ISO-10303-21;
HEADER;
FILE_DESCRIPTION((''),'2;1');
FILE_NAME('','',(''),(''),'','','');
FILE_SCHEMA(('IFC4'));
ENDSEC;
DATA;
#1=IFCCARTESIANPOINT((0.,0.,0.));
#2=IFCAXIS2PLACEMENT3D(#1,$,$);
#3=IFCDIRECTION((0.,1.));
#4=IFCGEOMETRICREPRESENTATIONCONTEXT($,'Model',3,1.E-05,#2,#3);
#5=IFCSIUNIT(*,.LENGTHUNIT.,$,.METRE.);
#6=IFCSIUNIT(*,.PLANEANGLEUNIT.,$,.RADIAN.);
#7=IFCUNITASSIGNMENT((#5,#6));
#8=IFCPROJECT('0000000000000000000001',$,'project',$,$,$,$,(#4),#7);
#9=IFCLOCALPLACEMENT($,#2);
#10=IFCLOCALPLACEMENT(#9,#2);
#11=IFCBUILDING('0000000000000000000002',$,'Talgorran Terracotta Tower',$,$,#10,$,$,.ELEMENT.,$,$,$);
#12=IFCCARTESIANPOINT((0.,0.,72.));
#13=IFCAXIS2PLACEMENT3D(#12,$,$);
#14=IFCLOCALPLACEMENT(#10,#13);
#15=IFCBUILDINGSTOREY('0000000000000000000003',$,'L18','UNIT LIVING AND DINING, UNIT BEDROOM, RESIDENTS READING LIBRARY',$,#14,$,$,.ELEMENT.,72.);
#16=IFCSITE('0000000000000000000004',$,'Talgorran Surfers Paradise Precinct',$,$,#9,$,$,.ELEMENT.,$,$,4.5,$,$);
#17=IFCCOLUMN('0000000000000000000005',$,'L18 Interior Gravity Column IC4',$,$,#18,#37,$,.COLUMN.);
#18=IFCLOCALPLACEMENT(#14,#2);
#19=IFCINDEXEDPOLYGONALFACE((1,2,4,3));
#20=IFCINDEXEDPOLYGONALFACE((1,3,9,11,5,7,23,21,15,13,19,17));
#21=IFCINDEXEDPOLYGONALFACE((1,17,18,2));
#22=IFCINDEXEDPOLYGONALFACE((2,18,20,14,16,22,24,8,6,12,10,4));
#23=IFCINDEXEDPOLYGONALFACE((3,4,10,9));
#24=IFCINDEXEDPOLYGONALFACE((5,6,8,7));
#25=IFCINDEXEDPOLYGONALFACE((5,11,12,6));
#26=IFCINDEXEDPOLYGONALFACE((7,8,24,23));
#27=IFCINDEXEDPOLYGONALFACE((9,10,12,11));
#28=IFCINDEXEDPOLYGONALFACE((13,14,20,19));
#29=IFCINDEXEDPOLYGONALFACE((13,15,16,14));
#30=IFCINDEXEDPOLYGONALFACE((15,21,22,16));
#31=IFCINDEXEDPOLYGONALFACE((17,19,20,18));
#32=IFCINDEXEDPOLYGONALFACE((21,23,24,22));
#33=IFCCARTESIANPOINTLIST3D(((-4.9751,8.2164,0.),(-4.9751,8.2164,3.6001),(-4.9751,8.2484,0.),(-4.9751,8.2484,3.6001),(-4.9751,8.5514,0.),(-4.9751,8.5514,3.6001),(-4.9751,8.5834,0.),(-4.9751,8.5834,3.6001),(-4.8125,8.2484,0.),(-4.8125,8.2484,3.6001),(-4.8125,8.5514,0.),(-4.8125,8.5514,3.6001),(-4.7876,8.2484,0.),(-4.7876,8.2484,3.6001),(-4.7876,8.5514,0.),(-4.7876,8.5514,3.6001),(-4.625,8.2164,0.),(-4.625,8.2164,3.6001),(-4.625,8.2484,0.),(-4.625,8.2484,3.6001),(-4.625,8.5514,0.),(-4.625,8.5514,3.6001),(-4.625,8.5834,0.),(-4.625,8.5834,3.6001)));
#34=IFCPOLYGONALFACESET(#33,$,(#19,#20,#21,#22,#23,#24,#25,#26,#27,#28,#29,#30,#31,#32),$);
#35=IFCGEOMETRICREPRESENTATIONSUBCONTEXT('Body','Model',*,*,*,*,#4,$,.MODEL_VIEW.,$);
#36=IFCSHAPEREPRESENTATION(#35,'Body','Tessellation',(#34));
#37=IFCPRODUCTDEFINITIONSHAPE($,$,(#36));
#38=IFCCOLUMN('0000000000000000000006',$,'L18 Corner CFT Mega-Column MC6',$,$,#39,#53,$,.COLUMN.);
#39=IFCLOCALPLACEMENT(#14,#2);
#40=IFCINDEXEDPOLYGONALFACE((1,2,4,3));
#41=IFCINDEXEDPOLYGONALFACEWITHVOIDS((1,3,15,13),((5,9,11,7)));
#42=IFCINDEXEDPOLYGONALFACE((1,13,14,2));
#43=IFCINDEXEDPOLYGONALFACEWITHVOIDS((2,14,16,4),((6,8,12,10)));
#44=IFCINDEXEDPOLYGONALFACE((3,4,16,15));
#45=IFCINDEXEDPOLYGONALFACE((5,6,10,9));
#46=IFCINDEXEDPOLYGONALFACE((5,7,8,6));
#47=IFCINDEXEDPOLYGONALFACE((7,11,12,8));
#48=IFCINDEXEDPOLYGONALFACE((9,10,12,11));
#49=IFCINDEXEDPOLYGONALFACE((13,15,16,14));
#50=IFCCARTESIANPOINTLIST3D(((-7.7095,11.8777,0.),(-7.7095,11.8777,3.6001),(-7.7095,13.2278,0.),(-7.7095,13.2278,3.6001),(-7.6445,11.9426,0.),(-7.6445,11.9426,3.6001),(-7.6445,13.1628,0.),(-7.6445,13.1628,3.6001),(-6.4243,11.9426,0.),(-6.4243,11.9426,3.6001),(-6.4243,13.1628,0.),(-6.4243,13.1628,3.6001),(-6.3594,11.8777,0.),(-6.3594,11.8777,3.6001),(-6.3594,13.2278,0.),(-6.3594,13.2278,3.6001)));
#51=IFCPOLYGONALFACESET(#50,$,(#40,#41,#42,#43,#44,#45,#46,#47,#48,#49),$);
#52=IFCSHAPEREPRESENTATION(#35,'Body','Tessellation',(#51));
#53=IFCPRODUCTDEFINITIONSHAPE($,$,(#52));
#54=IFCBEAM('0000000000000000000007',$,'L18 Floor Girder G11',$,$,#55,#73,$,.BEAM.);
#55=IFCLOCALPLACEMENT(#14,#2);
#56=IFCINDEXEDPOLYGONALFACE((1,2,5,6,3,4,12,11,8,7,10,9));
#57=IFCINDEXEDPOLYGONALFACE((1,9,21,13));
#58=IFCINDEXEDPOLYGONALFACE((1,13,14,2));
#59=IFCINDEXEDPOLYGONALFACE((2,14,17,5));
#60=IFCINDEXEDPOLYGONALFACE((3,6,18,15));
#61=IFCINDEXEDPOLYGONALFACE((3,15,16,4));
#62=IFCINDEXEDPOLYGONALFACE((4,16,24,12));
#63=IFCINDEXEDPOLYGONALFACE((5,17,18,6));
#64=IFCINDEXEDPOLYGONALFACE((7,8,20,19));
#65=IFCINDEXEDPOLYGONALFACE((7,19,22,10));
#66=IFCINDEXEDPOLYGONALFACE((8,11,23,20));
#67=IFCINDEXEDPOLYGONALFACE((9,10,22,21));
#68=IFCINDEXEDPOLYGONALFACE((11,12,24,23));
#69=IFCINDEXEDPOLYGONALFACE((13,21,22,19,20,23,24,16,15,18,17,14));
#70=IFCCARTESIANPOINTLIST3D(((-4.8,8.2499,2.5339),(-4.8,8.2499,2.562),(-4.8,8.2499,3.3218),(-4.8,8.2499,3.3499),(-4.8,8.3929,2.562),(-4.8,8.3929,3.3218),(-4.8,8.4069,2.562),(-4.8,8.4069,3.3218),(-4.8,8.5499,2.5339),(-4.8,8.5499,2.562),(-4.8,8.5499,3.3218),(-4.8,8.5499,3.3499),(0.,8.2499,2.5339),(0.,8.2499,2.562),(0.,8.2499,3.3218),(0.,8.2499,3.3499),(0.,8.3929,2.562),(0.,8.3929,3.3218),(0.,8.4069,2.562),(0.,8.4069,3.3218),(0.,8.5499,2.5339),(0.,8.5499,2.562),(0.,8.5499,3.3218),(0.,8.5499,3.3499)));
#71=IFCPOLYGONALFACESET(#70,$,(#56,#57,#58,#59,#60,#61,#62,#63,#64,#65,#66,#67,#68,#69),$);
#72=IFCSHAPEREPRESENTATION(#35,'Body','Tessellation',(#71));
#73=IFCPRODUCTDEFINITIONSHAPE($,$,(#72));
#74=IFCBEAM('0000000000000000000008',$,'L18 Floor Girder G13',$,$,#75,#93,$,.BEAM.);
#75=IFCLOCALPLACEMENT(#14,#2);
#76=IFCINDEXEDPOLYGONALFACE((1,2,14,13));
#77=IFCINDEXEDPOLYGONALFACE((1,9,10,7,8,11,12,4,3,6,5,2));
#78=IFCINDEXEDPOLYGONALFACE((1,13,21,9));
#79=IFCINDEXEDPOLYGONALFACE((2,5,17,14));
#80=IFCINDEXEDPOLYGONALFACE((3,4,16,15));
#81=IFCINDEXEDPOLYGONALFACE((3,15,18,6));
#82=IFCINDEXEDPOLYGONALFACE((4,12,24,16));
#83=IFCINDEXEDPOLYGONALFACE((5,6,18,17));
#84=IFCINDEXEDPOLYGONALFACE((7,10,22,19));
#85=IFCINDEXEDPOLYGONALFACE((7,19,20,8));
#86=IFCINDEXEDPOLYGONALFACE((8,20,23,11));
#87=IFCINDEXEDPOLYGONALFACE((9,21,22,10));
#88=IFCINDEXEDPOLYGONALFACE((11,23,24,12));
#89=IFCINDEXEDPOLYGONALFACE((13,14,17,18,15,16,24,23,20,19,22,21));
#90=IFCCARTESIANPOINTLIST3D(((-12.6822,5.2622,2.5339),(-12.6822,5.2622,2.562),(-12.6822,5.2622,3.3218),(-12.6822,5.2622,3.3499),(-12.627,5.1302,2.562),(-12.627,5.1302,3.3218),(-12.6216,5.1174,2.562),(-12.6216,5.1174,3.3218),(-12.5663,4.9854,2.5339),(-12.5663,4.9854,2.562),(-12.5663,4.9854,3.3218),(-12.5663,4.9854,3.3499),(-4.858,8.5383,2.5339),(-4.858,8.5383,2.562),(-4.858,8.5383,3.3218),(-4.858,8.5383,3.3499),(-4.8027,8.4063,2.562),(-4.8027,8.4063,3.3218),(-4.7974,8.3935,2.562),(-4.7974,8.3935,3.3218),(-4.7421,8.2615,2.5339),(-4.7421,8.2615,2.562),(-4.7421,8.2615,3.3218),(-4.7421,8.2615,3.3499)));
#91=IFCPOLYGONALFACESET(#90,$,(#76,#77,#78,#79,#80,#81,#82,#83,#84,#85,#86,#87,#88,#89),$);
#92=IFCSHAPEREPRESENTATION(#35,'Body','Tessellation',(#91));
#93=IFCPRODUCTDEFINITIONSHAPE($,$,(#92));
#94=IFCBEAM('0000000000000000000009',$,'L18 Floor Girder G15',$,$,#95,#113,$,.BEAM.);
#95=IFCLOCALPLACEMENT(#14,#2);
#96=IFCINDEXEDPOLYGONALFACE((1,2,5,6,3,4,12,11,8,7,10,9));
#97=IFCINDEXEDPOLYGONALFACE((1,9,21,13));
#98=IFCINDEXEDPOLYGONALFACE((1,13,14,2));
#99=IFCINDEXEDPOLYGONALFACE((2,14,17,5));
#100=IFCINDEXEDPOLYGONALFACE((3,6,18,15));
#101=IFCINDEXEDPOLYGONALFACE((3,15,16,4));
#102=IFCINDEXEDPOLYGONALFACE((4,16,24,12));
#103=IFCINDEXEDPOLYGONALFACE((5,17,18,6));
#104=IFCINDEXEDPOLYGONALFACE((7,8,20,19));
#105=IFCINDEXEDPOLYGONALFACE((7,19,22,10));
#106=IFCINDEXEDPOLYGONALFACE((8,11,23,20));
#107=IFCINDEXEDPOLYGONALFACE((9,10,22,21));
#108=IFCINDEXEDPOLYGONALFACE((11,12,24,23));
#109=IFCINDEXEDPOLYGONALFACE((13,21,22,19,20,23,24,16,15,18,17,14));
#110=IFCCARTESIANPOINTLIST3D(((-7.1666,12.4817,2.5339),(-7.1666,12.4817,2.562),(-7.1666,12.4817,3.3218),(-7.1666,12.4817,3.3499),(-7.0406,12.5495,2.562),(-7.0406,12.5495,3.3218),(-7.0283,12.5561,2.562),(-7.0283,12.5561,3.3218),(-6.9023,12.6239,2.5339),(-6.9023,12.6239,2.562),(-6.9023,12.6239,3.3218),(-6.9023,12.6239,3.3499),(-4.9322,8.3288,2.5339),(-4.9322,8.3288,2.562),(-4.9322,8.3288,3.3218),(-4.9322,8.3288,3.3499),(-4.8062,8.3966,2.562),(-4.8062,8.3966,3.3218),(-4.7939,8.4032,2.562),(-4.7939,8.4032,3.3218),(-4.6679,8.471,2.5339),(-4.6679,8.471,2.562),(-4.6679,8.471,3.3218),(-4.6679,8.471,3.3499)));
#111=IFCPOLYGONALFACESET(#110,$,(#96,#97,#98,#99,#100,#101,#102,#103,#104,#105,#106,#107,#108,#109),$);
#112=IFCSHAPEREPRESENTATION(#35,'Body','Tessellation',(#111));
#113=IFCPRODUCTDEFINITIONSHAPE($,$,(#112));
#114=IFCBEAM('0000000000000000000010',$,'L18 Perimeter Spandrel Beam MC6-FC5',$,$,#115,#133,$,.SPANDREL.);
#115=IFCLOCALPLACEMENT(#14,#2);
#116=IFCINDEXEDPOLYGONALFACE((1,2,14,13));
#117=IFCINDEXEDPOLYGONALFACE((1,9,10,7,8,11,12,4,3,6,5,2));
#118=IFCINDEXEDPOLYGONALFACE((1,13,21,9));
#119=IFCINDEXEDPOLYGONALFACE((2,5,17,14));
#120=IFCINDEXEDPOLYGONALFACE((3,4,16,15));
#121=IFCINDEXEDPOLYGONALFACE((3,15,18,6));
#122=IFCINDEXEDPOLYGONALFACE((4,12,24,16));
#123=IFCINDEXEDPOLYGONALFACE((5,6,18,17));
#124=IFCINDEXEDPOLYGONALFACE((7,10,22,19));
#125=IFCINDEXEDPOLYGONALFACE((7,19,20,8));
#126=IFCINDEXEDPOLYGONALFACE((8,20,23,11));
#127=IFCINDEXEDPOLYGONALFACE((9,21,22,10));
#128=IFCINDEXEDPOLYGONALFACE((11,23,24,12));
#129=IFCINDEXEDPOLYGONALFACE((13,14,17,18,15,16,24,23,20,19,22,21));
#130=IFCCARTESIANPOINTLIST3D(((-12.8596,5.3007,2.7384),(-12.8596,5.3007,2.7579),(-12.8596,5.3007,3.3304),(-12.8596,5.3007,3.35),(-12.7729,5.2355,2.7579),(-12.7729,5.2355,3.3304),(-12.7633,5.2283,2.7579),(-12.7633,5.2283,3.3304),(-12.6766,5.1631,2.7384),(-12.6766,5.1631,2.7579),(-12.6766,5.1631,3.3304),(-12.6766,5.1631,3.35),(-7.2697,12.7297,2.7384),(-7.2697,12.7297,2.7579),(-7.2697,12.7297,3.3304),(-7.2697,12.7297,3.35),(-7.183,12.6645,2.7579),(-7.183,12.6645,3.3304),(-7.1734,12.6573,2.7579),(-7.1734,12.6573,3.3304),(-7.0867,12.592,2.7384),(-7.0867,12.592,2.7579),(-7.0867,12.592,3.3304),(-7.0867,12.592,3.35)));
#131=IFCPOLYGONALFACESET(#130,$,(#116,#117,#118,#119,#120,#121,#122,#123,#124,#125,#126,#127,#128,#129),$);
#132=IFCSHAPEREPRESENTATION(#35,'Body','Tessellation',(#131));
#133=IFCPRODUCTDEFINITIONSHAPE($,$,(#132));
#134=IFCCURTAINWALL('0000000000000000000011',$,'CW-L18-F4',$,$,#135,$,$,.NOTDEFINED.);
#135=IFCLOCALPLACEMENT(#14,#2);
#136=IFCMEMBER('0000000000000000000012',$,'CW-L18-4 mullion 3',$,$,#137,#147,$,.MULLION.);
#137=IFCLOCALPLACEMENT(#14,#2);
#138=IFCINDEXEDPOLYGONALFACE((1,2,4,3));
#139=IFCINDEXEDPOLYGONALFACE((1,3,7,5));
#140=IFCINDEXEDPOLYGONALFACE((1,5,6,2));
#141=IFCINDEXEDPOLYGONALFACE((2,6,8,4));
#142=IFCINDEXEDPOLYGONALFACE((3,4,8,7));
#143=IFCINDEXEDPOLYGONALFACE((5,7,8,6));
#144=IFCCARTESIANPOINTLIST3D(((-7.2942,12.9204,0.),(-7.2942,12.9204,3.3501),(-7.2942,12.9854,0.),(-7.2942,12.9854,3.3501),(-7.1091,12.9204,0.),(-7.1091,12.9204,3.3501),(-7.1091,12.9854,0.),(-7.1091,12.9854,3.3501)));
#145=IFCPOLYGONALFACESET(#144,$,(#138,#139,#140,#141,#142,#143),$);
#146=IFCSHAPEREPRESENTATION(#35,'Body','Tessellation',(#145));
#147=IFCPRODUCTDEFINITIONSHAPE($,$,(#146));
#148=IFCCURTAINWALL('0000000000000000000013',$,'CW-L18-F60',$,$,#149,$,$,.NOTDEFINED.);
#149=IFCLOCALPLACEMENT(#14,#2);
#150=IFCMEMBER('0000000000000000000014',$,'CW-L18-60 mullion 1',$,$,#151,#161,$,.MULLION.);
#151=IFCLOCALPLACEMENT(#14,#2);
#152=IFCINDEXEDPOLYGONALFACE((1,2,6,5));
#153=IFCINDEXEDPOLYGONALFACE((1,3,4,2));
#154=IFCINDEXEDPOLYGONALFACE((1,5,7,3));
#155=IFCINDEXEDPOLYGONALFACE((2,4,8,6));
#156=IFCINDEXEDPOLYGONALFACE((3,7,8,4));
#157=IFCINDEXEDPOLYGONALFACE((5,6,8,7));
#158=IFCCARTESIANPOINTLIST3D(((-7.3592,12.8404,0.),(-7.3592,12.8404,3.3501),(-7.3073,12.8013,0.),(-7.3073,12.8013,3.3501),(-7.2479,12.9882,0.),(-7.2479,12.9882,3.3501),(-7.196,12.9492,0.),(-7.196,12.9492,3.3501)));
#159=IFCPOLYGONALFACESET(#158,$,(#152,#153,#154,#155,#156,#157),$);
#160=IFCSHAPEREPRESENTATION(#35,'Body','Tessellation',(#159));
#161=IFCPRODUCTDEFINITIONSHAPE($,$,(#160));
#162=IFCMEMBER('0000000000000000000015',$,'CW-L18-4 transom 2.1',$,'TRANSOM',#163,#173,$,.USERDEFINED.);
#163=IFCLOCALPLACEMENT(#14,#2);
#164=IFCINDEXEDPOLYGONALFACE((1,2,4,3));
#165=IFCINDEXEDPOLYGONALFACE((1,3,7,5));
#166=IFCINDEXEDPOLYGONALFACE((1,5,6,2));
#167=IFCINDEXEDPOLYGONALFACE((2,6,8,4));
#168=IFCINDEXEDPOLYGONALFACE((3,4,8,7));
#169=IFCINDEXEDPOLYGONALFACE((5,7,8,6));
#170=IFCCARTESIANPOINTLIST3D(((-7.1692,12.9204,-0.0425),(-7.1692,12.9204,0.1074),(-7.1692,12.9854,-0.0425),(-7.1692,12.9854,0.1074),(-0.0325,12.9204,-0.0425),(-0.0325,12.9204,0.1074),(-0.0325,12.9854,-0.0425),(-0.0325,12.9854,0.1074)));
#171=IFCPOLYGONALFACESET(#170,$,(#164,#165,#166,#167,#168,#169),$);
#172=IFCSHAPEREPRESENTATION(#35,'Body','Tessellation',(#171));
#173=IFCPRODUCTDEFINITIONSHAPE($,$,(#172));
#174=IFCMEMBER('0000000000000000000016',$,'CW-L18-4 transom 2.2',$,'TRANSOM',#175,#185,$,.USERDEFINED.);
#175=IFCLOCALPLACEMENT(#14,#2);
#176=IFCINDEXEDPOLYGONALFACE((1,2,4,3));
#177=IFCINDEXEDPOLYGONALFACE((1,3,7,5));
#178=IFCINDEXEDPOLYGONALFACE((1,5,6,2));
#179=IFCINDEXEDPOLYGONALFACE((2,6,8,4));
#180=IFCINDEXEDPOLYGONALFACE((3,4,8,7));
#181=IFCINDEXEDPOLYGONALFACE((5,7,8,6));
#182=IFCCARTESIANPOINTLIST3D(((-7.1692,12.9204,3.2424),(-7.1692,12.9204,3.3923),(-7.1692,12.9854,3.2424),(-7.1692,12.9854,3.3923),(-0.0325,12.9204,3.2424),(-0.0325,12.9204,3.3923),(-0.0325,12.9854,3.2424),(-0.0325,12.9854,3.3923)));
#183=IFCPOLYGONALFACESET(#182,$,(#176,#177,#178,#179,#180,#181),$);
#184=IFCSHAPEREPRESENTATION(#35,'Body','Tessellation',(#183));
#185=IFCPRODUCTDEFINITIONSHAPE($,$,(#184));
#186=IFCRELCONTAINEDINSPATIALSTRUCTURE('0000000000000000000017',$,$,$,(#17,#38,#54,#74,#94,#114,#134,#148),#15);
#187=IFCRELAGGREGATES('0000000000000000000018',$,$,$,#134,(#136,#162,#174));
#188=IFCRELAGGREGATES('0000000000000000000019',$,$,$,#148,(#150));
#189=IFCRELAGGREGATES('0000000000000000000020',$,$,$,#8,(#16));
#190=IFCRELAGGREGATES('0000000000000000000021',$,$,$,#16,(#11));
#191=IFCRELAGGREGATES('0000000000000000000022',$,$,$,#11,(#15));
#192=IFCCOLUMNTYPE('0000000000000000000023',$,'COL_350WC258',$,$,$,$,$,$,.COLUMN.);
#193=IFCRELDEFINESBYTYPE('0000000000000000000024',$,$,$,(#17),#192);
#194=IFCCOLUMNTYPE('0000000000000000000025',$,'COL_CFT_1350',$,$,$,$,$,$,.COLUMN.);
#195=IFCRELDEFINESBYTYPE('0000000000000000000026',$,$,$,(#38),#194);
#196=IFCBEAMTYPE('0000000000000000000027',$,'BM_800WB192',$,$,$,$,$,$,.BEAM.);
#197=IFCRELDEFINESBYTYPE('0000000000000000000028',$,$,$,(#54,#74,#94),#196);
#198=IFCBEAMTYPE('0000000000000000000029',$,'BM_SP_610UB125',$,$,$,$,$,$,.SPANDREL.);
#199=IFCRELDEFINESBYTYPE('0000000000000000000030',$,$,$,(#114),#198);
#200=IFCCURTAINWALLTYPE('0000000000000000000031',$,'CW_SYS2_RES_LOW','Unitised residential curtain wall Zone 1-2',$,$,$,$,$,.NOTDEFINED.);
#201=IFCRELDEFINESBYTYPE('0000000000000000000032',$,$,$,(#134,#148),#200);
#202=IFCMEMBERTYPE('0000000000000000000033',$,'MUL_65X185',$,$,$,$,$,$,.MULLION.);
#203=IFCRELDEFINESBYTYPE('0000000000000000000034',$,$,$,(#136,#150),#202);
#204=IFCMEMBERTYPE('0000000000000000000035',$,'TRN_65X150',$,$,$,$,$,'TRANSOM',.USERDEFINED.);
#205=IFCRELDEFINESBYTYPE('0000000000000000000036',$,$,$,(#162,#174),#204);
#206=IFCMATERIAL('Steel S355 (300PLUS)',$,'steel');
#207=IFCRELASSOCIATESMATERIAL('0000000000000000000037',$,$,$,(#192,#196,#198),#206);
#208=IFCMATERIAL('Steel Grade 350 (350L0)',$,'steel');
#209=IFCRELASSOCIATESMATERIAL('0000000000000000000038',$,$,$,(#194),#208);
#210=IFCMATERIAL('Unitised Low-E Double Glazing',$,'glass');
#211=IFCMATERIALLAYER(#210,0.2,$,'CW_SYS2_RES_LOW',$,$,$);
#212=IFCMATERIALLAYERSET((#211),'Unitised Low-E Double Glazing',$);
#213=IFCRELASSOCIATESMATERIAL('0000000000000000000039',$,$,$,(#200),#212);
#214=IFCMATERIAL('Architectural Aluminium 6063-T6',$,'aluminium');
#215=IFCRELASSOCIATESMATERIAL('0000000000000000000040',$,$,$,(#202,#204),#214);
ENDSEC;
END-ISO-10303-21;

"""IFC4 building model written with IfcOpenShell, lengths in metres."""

from ifc_helpers import new_model, si_unit, direction, frame, origin, origin_2d, place, context, subcontext, project, spatial, rectangle, hollow_rectangle, i_section, extrude, material, layer, layer_set, material_profile, profile_set, type_object, element, aggregate, save


model = new_model("IFC4")

# Units and contexts
model_context = context("Model", 3, precision=1e-05, world=origin(), true_north=direction((0.0, 1.0)))
body_context = subcontext(model_context, "Body", "Model", "MODEL_VIEW")
ifc_project = project(units=[si_unit("LENGTHUNIT", "METRE"), si_unit("PLANEANGLEUNIT", "RADIAN")], contexts=[model_context])

# Site, building, storey
site_placement = place(None, origin())
site = spatial("IfcSite", under=ifc_project, at=site_placement, Name="Talgorran Surfers Paradise Precinct", CompositionType="ELEMENT", RefElevation=4.5)
building_placement = place(site_placement, origin())
building = spatial("IfcBuilding", under=site, at=building_placement, Name="Talgorran Terracotta Tower", CompositionType="ELEMENT")
storey_placement = place(building_placement, frame((0.0, 0.0, 72.0)))
storey = spatial("IfcBuildingStorey", under=building, at=storey_placement, Name="L18", Description="UNIT LIVING AND DINING, UNIT BEDROOM, RESIDENTS READING LIBRARY", CompositionType="ELEMENT", Elevation=72.0)

# Columns
ifc_material_1 = material(Name="Steel S355 (300PLUS)", Category="steel")
ifc_material_profile_1 = material_profile(ifc_material_1, i_section(OverallWidth=0.3501, OverallDepth=0.3669, WebThickness=0.0249, FlangeThickness=0.032, at=origin_2d()), Name="350WC258")
ifc_profile_set_1 = profile_set([ifc_material_profile_1], Name="Steel S355 (300PLUS)")
column_type_1 = type_object("IfcColumnType", Name="COL_350WC258", PredefinedType="COLUMN", material=ifc_profile_set_1)
column_1_placement = place(storey_placement, frame((-4.8, 8.3999, 0.0), z_axis=(0.0, 0.0, 1.0), x_axis=(1.0, 0.0, 0.0)))
element("IfcColumn", 1, at=column_1_placement, inside=storey, type_object=column_type_1, Name="L18 Interior Gravity Column IC4", PredefinedType="COLUMN", context=body_context, shape_type="SweptSolid", body=[
    extrude(i_section(OverallWidth=0.3501, OverallDepth=0.3669, WebThickness=0.0249, FlangeThickness=0.032, at=origin_2d()), origin(), (0.0, 0.0, 1.0), 3.6001),
])
ifc_material_2 = material(Name="Steel Grade 350 (350L0)", Category="steel")
ifc_material_profile_2 = material_profile(ifc_material_2, hollow_rectangle(XDim=1.3501, YDim=1.3501, WallThickness=0.0649, at=origin_2d()), Name="CFT1350X1350X65")
ifc_profile_set_2 = profile_set([ifc_material_profile_2], Name="Steel Grade 350 (350L0)")
column_type_2 = type_object("IfcColumnType", Name="COL_CFT_1350", PredefinedType="COLUMN", material=ifc_profile_set_2)
column_2_placement = place(storey_placement, frame((-7.0344, 12.5527, 0.0), z_axis=(0.0, 0.0, 1.0), x_axis=(1.0, 0.0, 0.0)))
element("IfcColumn", 2, at=column_2_placement, inside=storey, type_object=column_type_2, Name="L18 Corner CFT Mega-Column MC6", PredefinedType="COLUMN", context=body_context, shape_type="SweptSolid", body=[
    extrude(hollow_rectangle(XDim=1.3501, YDim=1.3501, WallThickness=0.0649, at=origin_2d()), origin(), (0.0, 0.0, 1.0), 3.6001),
])

# Beams
ifc_material_profile_3 = material_profile(ifc_material_1, i_section(OverallWidth=0.3, OverallDepth=0.8159, WebThickness=0.0139, FlangeThickness=0.0281, at=origin_2d()), Name="800WB192")
ifc_profile_set_3 = profile_set([ifc_material_profile_3], Name="Steel S355 (300PLUS)")
beam_type_1 = type_object("IfcBeamType", Name="BM_800WB192", PredefinedType="BEAM", material=ifc_profile_set_3)
beam_1_placement = place(storey_placement, frame((-4.8, 8.3999, 2.9419), z_axis=(1.0, 0.0, 0.0), x_axis=(0.0, 1.0, 0.0)))
element("IfcBeam", 3, at=beam_1_placement, inside=storey, type_object=beam_type_1, Name="L18 Floor Girder G11", PredefinedType="BEAM", context=body_context, shape_type="SweptSolid", body=[
    extrude(i_section(OverallWidth=0.3, OverallDepth=0.8159, WebThickness=0.0139, FlangeThickness=0.0281, at=origin_2d()), origin(), (0.0, 0.0, 1.0), 4.8),
])
beam_2_placement = place(storey_placement, frame((-4.8, 8.3999, 2.9419), z_axis=(-0.922405, -0.386225, 0.0), x_axis=(0.386225, -0.922405, 0.0)))
element("IfcBeam", 4, at=beam_2_placement, inside=storey, type_object=beam_type_1, Name="L18 Floor Girder G13", PredefinedType="BEAM", context=body_context, shape_type="SweptSolid", body=[
    extrude(i_section(OverallWidth=0.3, OverallDepth=0.8159, WebThickness=0.0139, FlangeThickness=0.0281, at=origin_2d()), origin(), (0.0, 0.0, 1.0), 8.4824),
])
beam_3_placement = place(storey_placement, frame((-4.8, 8.3999, 2.9419), z_axis=(-0.47381, 0.880627, 0.0), x_axis=(-0.880627, -0.47381, 0.0)))
element("IfcBeam", 5, at=beam_3_placement, inside=storey, type_object=beam_type_1, Name="L18 Floor Girder G15", PredefinedType="BEAM", context=body_context, shape_type="SweptSolid", body=[
    extrude(i_section(OverallWidth=0.3, OverallDepth=0.8159, WebThickness=0.0139, FlangeThickness=0.0281, at=origin_2d()), origin(), (0.0, 0.0, 1.0), 4.7158),
])
ifc_material_profile_4 = material_profile(ifc_material_1, i_section(OverallWidth=0.229, OverallDepth=0.6116, WebThickness=0.012, FlangeThickness=0.0195, at=origin_2d()), Name="610UB125")
ifc_profile_set_4 = profile_set([ifc_material_profile_4], Name="Steel S355 (300PLUS)")
beam_type_2 = type_object("IfcBeamType", Name="BM_SP_610UB125", PredefinedType="SPANDREL", material=ifc_profile_set_4)
beam_4_placement = place(storey_placement, frame((-7.1782, 12.6609, 3.0442), z_axis=(-0.601247, -0.799063, 0.0), x_axis=(0.799063, -0.601247, 0.0)))
element("IfcBeam", 6, at=beam_4_placement, inside=storey, type_object=beam_type_2, Name="L18 Perimeter Spandrel Beam MC6-FC5", PredefinedType="SPANDREL", context=body_context, shape_type="SweptSolid", body=[
    extrude(i_section(OverallWidth=0.229, OverallDepth=0.6116, WebThickness=0.012, FlangeThickness=0.0195, at=origin_2d()), origin(), (0.0, 0.0, 1.0), 9.2971),
])

# Curtain walls, members
ifc_material_3 = material(Name="Unitised Low-E Double Glazing", Category="glass")
ifc_layer_1 = layer(ifc_material_3, 0.2, Name="CW_SYS2_RES_LOW")
ifc_layer_set_1 = layer_set([ifc_layer_1], Name="Unitised Low-E Double Glazing")
curtain_wall_type = type_object("IfcCurtainWallType", Name="CW_SYS2_RES_LOW", Description="Unitised residential curtain wall Zone 1-2", PredefinedType="NOTDEFINED", material=ifc_layer_set_1)
curtain_wall_1_placement = place(storey_placement, origin())
curtain_wall_1 = element("IfcCurtainWall", 7, at=curtain_wall_1_placement, inside=storey, type_object=curtain_wall_type, Name="CW-L18-F4", PredefinedType="NOTDEFINED")
ifc_material_4 = material(Name="Architectural Aluminium 6063-T6", Category="aluminium")
ifc_material_profile_5 = material_profile(ifc_material_4, rectangle(XDim=0.0649, YDim=0.1851, at=origin_2d()), Name="CWM65X185")
ifc_profile_set_5 = profile_set([ifc_material_profile_5], Name="Architectural Aluminium 6063-T6")
member_type_1 = type_object("IfcMemberType", Name="MUL_65X185", PredefinedType="MULLION", material=ifc_profile_set_5)
member_1_placement = place(storey_placement, frame((-7.2017, 12.9529, 0.0), z_axis=(0.0, 0.0, 1.0), x_axis=(0.0, -1.0, 0.0)))
member_1 = element("IfcMember", 8, at=member_1_placement, type_object=member_type_1, Name="CW-L18-4 mullion 3", PredefinedType="MULLION", context=body_context, shape_type="SweptSolid", body=[
    extrude(rectangle(XDim=0.0649, YDim=0.1851, at=origin_2d()), origin(), (0.0, 0.0, 1.0), 3.3501),
])
curtain_wall_2_placement = place(storey_placement, origin())
curtain_wall_2 = element("IfcCurtainWall", 9, at=curtain_wall_2_placement, inside=storey, type_object=curtain_wall_type, Name="CW-L18-F60", PredefinedType="NOTDEFINED")
member_2_placement = place(storey_placement, frame((-7.2776, 12.8948, 0.0), z_axis=(0.0, 0.0, 1.0), x_axis=(0.799069, -0.601239, 0.0)))
member_2 = element("IfcMember", 10, at=member_2_placement, type_object=member_type_1, Name="CW-L18-60 mullion 1", PredefinedType="MULLION", context=body_context, shape_type="SweptSolid", body=[
    extrude(rectangle(XDim=0.0649, YDim=0.1851, at=origin_2d()), origin(), (0.0, 0.0, 1.0), 3.3501),
])

# Members
ifc_material_profile_6 = material_profile(ifc_material_4, rectangle(XDim=0.0649, YDim=0.1499, at=origin_2d()), Name="CWT65X150")
ifc_profile_set_6 = profile_set([ifc_material_profile_6], Name="Architectural Aluminium 6063-T6")
member_type_2 = type_object("IfcMemberType", Name="TRN_65X150", ElementType="TRANSOM", PredefinedType="USERDEFINED", material=ifc_profile_set_6)
member_3_placement = place(storey_placement, frame((-0.0325, 12.9529, 0.0325), z_axis=(-1.0, 0.0, 0.0), x_axis=(0.0, -1.0, 0.0)))
member_3 = element("IfcMember", 11, at=member_3_placement, type_object=member_type_2, Name="CW-L18-4 transom 2.1", ObjectType="TRANSOM", PredefinedType="USERDEFINED", context=body_context, shape_type="SweptSolid", body=[
    extrude(rectangle(XDim=0.0649, YDim=0.1499, at=origin_2d()), origin(), (0.0, 0.0, 1.0), 7.1367),
])
member_4_placement = place(storey_placement, frame((-0.0325, 12.9529, 3.3174), z_axis=(-1.0, 0.0, 0.0), x_axis=(0.0, -1.0, 0.0)))
member_4 = element("IfcMember", 12, at=member_4_placement, type_object=member_type_2, Name="CW-L18-4 transom 2.2", ObjectType="TRANSOM", PredefinedType="USERDEFINED", context=body_context, shape_type="SweptSolid", body=[
    extrude(rectangle(XDim=0.0649, YDim=0.1499, at=origin_2d()), origin(), (0.0, 0.0, 1.0), 7.1367),
])

aggregate(curtain_wall_1, [member_1, member_3, member_4])
aggregate(curtain_wall_2, [member_2])

save(model, "model.ifc")
